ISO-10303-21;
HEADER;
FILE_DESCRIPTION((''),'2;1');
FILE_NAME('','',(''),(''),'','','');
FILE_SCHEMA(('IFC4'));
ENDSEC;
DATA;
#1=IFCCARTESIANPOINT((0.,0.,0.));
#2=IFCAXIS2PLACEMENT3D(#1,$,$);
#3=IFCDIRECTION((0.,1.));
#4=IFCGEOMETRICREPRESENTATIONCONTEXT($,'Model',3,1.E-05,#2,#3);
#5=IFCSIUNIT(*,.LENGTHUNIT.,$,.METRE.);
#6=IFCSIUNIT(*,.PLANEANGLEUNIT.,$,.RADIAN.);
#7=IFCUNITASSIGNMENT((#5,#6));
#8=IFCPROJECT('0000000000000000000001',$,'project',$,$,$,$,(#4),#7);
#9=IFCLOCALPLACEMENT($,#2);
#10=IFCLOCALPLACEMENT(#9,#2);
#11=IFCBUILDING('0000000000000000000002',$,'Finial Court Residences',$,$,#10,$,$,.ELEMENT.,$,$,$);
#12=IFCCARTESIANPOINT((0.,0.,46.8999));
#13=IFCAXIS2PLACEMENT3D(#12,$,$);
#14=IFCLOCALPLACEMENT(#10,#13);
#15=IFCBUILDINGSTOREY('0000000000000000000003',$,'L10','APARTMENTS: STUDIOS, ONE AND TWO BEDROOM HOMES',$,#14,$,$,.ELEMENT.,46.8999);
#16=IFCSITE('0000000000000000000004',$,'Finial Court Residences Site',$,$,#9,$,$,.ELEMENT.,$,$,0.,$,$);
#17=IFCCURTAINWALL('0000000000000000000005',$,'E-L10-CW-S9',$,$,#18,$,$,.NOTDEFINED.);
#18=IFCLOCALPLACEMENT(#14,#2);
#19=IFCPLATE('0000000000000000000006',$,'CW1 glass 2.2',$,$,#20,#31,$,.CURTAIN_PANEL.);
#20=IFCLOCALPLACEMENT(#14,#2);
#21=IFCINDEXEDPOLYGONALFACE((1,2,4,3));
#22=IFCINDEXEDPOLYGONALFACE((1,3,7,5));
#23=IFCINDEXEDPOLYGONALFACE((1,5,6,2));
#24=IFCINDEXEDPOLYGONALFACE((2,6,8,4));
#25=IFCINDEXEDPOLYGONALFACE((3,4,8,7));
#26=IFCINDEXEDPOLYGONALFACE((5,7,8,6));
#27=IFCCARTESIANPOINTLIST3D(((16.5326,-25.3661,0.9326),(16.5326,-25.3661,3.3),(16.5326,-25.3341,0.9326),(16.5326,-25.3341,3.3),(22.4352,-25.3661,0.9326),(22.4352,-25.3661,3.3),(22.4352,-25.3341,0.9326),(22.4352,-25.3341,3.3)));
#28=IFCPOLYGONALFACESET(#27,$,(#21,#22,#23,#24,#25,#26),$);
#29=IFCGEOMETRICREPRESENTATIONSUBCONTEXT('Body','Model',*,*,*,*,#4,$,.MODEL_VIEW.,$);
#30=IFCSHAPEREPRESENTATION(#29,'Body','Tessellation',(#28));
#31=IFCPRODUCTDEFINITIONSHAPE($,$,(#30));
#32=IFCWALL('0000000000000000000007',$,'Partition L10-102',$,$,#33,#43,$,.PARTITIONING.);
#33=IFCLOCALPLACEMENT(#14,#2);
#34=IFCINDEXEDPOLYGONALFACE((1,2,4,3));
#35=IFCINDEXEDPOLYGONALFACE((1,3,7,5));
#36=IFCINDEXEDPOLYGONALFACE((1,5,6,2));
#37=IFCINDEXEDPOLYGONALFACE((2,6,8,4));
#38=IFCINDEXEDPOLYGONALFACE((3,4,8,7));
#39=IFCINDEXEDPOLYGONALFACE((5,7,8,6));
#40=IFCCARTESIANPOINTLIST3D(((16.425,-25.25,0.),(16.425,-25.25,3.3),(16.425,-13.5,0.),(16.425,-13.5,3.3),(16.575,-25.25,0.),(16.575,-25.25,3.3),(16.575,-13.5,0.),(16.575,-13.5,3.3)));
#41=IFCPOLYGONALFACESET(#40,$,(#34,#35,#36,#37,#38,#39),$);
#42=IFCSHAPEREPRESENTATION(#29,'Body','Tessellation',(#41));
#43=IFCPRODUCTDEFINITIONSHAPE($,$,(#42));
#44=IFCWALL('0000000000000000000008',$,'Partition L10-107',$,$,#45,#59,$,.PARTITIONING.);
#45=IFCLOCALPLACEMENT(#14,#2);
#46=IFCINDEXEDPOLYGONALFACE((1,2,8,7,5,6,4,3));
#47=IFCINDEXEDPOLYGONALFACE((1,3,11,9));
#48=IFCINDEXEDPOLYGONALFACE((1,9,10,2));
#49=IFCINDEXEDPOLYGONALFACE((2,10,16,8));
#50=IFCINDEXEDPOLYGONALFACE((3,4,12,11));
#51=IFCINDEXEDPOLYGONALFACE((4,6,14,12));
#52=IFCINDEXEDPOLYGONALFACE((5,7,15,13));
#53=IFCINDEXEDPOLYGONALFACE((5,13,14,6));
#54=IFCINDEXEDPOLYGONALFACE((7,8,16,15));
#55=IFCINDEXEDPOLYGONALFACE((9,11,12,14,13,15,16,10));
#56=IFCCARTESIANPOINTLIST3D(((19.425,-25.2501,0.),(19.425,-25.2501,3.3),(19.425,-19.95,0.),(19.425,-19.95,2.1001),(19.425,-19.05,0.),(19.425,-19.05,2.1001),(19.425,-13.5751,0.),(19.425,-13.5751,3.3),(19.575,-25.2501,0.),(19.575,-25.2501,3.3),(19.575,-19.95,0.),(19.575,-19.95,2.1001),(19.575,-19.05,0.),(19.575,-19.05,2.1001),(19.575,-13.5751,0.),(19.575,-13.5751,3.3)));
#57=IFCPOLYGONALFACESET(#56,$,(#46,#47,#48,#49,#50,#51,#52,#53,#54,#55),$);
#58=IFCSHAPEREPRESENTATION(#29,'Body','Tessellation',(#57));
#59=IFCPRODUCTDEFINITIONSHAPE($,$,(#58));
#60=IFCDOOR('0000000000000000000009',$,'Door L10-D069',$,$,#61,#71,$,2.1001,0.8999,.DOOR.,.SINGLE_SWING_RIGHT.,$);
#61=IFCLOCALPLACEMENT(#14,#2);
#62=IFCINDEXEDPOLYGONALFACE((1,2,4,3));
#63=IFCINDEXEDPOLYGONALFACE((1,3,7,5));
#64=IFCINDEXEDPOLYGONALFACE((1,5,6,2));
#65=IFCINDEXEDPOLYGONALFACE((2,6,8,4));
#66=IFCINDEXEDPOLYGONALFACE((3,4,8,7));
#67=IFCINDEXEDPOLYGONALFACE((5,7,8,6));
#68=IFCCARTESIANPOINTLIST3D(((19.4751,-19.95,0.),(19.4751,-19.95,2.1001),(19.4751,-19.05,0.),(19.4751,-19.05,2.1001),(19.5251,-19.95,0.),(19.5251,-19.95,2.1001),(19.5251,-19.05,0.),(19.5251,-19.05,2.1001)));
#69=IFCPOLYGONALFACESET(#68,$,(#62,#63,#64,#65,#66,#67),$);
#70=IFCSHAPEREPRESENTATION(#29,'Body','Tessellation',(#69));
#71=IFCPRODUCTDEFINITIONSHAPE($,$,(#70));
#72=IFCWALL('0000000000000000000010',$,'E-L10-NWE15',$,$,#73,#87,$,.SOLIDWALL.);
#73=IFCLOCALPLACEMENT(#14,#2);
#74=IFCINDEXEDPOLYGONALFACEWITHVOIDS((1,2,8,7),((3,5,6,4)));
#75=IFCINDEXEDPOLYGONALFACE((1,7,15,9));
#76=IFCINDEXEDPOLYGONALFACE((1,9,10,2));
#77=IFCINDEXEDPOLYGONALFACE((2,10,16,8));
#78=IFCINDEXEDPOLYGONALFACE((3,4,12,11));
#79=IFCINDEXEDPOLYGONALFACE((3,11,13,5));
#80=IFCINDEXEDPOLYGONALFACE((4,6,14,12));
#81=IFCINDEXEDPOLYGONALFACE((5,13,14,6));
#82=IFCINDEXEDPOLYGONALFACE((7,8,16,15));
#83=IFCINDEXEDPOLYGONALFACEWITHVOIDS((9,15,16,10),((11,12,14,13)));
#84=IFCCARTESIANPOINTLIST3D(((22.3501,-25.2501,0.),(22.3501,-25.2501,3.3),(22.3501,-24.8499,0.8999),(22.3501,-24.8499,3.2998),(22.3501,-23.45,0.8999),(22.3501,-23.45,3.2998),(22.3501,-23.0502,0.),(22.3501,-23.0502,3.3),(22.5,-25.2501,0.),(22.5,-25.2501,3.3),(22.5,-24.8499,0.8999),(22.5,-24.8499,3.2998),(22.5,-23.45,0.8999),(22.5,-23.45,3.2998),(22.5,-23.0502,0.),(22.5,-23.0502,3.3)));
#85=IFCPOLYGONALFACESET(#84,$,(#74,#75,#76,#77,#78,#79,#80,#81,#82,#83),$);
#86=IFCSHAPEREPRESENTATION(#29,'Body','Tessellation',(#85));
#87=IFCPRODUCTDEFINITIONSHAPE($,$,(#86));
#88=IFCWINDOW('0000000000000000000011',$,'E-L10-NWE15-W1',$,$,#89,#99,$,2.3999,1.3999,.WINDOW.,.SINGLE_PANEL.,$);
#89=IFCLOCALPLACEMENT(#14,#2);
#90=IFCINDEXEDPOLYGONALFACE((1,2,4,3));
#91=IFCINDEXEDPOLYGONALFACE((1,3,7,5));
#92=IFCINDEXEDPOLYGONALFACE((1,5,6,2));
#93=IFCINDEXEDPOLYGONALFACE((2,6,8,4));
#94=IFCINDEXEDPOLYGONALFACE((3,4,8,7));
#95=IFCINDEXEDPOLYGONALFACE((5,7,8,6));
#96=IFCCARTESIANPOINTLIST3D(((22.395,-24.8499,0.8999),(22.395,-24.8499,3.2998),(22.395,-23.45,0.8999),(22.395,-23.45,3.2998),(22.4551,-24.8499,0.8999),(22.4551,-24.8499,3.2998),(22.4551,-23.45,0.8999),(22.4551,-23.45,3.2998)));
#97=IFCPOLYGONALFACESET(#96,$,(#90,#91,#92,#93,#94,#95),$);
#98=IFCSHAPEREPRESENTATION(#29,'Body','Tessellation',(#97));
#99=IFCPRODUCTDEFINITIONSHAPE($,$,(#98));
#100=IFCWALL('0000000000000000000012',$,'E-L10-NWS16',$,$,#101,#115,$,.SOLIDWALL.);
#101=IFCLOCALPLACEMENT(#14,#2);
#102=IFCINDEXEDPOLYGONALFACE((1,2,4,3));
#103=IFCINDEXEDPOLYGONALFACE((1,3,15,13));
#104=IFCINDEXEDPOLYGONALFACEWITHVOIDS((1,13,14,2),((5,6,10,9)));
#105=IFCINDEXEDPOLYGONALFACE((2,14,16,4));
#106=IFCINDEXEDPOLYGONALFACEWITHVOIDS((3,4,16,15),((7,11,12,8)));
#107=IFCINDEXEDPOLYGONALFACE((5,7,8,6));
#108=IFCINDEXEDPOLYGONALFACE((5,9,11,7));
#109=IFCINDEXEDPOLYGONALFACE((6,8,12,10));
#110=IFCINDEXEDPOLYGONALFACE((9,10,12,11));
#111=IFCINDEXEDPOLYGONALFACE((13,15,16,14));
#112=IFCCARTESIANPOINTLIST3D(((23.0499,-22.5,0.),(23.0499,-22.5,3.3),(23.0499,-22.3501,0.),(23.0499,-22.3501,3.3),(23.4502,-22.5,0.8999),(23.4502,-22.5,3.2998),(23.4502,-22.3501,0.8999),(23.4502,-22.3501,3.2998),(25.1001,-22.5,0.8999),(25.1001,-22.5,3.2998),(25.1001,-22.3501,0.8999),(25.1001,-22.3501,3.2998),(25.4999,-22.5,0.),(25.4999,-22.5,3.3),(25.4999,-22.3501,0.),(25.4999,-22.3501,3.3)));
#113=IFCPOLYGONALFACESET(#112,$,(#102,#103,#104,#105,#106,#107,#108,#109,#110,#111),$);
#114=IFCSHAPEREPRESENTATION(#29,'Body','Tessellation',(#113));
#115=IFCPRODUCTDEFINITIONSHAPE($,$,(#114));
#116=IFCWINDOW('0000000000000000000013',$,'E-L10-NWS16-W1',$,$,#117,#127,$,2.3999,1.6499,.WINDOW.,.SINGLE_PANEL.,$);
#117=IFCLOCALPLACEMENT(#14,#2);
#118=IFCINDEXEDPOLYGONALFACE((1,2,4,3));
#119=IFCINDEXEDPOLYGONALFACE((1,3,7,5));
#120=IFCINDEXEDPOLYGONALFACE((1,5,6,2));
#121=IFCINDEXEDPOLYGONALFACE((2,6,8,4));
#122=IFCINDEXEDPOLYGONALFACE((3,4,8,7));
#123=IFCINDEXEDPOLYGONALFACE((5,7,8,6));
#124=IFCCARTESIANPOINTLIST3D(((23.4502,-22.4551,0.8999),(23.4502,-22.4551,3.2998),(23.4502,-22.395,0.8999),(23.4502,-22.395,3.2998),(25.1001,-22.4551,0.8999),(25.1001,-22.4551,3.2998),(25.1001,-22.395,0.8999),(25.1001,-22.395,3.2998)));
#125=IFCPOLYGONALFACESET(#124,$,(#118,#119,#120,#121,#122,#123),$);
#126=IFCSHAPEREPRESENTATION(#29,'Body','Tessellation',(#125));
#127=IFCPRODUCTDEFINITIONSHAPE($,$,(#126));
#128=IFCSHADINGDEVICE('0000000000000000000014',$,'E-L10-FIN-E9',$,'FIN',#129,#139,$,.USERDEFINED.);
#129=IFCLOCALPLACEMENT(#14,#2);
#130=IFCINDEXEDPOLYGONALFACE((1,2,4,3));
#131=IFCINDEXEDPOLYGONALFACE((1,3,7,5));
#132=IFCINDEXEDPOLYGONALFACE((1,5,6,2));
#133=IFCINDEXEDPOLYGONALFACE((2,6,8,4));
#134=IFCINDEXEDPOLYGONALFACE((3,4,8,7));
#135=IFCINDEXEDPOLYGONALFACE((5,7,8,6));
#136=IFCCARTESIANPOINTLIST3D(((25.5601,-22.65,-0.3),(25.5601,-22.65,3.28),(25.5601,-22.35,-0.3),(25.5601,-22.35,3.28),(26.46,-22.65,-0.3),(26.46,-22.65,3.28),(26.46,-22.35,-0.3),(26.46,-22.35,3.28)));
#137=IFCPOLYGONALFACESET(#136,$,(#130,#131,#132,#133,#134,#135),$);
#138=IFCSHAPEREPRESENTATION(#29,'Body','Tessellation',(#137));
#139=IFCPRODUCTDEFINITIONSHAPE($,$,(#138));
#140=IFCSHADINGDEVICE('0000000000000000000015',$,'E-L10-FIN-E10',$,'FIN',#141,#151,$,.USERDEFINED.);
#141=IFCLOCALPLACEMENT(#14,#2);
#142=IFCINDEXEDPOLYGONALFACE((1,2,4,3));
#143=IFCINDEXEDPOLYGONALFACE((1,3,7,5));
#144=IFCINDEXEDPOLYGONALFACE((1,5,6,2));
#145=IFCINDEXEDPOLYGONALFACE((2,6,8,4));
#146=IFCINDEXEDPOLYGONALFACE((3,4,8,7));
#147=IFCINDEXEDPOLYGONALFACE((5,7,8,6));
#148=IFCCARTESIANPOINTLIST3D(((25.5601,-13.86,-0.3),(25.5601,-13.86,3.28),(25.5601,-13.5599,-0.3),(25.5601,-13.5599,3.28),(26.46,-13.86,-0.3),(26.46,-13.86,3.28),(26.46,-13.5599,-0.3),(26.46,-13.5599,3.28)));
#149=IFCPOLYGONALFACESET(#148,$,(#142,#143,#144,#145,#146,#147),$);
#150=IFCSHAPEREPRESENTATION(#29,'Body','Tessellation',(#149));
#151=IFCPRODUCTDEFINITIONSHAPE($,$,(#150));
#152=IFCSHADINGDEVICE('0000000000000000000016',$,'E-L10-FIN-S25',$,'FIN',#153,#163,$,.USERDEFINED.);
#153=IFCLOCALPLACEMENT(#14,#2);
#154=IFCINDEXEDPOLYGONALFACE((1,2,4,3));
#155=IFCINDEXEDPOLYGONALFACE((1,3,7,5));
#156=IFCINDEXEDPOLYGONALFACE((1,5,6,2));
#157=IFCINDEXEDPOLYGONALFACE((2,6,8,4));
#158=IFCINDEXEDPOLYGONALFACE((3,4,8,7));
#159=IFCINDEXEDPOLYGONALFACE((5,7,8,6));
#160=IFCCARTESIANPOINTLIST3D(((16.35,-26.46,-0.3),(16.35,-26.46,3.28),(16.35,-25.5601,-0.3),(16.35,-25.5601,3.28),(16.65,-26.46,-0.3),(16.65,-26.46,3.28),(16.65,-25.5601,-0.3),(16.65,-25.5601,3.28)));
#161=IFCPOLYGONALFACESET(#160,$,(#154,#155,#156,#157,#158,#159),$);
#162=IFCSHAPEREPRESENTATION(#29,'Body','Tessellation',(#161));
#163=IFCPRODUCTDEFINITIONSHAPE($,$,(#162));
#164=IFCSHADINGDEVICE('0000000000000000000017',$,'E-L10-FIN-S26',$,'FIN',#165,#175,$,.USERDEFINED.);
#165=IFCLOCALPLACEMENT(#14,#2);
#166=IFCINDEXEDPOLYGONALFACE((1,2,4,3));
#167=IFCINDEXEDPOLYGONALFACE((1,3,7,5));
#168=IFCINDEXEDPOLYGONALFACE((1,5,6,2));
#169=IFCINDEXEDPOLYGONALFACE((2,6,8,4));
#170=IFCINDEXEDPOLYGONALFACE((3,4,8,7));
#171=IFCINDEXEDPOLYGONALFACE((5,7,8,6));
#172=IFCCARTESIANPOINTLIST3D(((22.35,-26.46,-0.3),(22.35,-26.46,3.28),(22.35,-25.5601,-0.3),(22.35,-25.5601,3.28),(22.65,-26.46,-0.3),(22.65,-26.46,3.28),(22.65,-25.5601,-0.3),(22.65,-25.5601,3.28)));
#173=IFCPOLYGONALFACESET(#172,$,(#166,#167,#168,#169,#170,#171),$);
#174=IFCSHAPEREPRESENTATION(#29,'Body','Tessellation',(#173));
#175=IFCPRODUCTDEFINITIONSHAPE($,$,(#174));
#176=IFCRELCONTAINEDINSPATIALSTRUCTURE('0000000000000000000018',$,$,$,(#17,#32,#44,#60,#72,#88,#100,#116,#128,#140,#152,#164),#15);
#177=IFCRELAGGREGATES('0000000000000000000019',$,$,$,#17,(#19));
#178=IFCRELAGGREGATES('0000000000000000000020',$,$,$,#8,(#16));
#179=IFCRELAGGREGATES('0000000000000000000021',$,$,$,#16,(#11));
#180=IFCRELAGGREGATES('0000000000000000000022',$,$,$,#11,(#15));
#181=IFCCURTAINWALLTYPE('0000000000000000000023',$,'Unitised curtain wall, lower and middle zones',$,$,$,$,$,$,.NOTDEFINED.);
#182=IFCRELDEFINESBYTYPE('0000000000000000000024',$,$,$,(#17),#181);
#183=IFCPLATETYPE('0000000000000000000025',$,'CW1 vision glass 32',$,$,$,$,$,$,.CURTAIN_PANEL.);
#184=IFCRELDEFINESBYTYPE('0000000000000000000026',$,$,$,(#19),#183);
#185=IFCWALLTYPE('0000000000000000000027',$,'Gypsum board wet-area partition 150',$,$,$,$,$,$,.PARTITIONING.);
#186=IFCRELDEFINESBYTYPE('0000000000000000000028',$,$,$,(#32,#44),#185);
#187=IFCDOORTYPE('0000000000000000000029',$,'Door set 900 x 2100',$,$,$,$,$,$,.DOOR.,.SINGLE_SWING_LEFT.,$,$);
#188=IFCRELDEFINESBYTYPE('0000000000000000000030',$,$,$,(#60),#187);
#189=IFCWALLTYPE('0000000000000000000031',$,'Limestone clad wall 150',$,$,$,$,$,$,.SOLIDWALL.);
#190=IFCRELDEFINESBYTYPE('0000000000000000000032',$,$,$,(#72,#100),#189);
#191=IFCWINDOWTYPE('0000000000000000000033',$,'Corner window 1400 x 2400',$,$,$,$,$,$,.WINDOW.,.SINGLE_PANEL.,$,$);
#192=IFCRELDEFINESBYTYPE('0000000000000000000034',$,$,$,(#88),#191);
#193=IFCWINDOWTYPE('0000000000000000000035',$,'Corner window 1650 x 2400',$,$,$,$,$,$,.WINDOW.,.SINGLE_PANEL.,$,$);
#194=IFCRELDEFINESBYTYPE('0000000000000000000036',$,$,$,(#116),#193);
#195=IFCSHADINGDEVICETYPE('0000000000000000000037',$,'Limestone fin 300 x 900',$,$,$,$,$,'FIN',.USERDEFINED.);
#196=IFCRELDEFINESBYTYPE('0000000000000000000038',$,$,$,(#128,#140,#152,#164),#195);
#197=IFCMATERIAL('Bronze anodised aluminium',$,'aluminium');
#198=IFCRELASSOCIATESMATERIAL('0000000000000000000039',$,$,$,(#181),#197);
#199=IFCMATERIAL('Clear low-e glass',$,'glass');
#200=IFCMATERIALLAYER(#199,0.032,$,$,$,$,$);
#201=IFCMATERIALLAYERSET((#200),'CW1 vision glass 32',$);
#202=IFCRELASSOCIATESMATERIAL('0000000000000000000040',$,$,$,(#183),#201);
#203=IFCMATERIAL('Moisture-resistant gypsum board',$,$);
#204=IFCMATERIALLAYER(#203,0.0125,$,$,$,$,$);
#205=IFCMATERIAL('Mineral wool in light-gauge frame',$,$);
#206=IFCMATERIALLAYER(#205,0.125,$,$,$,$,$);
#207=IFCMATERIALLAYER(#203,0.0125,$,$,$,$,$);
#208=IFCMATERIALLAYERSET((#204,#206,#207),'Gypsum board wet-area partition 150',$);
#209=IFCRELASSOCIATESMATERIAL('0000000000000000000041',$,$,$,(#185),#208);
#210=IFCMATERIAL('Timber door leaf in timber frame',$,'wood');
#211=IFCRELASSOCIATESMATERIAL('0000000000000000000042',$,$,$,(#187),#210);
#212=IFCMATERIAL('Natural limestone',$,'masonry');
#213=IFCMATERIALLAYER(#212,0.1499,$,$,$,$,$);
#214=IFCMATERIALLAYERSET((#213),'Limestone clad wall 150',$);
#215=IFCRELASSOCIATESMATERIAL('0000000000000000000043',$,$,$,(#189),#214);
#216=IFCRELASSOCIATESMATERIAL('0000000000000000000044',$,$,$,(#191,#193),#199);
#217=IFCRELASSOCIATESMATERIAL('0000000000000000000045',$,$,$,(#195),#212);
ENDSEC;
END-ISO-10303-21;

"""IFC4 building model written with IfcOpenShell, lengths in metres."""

from ifc_helpers import new_model, si_unit, direction, frame, frame_2d, origin, origin_2d, place, context, subcontext, project, spatial, rectangle, extrude, material, layer, layer_set, type_object, element, fill, aggregate, save


model = new_model("IFC4")

# Units and contexts
model_context = context("Model", 3, precision=1e-05, world=origin(), true_north=direction((0.0, 1.0)))
body_context = subcontext(model_context, "Body", "Model", "MODEL_VIEW")
ifc_project = project(units=[si_unit("LENGTHUNIT", "METRE"), si_unit("PLANEANGLEUNIT", "RADIAN")], contexts=[model_context])

# Site, building, storey
site_placement = place(None, origin())
site = spatial("IfcSite", under=ifc_project, at=site_placement, Name="Finial Court Residences Site", CompositionType="ELEMENT", RefElevation=0.0)
building_placement = place(site_placement, origin())
building = spatial("IfcBuilding", under=site, at=building_placement, Name="Finial Court Residences", CompositionType="ELEMENT")
storey_placement = place(building_placement, frame((0.0, 0.0, 46.8999)))
storey = spatial("IfcBuildingStorey", under=building, at=storey_placement, Name="L10", Description="APARTMENTS: STUDIOS, ONE AND TWO BEDROOM HOMES", CompositionType="ELEMENT", Elevation=46.8999)

# Curtain wall
ifc_material_1 = material(Name="Bronze anodised aluminium", Category="aluminium")
curtain_wall_type = type_object("IfcCurtainWallType", Name="Unitised curtain wall, lower and middle zones", PredefinedType="NOTDEFINED", material=ifc_material_1)
curtain_wall_1_placement = place(storey_placement, origin())
curtain_wall_1 = element("IfcCurtainWall", 1, at=curtain_wall_1_placement, inside=storey, type_object=curtain_wall_type, Name="E-L10-CW-S9", PredefinedType="NOTDEFINED")

# Plate
ifc_material_2 = material(Name="Clear low-e glass", Category="glass")
ifc_layer_1 = layer(ifc_material_2, 0.032)
ifc_layer_set_1 = layer_set([ifc_layer_1], Name="CW1 vision glass 32")
plate_type_1 = type_object("IfcPlateType", Name="CW1 vision glass 32", PredefinedType="CURTAIN_PANEL", material=ifc_layer_set_1)
plate_1_placement = place(storey_placement, frame((19.4839, -25.3501, 0.9326), z_axis=(0.0, 0.0, 1.0), x_axis=(1.0, 0.0, 0.0)))
plate_1 = element("IfcPlate", 2, at=plate_1_placement, type_object=plate_type_1, Name="CW1 glass 2.2", PredefinedType="CURTAIN_PANEL", context=body_context, shape_type="SweptSolid", body=[
    extrude(rectangle(XDim=5.9026, YDim=0.032, at=origin_2d()), origin(), (0.0, 0.0, 1.0), 2.3674),
])
aggregate(curtain_wall_1, [plate_1])

# Wall
ifc_material_3 = material(Name="Moisture-resistant gypsum board")
ifc_layer_2 = layer(ifc_material_3, 0.0125)
ifc_material_4 = material(Name="Mineral wool in light-gauge frame")
ifc_layer_3 = layer(ifc_material_4, 0.125)
ifc_layer_4 = layer(ifc_material_3, 0.0125)
ifc_layer_set_2 = layer_set([ifc_layer_2, ifc_layer_3, ifc_layer_4], Name="Gypsum board wet-area partition 150")
wall_type_1 = type_object("IfcWallType", Name="Gypsum board wet-area partition 150", PredefinedType="PARTITIONING", material=ifc_layer_set_2)
wall_1_placement = place(storey_placement, frame((16.5, -25.25, 0.0), z_axis=(0.0, 0.0, 1.0), x_axis=(0.0, 1.0, 0.0)))
element("IfcWall", 3, at=wall_1_placement, inside=storey, type_object=wall_type_1, Name="Partition L10-102", PredefinedType="PARTITIONING", context=body_context, shape_type="SweptSolid", body=[
    extrude(rectangle(XDim=11.75, YDim=0.1499, at=frame_2d((5.875, 0.0))), origin(), (0.0, 0.0, 1.0), 3.3),
])

# Wall, opening, door
wall_2_placement = place(storey_placement, frame((19.5, -25.25, 0.0), z_axis=(0.0, 0.0, 1.0), x_axis=(0.0, 1.0, 0.0)))
wall_2 = element("IfcWall", 4, at=wall_2_placement, inside=storey, type_object=wall_type_1, Name="Partition L10-107", PredefinedType="PARTITIONING", context=body_context, shape_type="SweptSolid", body=[
    extrude(rectangle(XDim=11.675, YDim=0.1499, at=frame_2d((5.8374, 0.0))), origin(), (0.0, 0.0, 1.0), 3.3),
])
opening_1_placement = place(wall_2_placement, frame((5.3, 0.0, 0.0)))
opening_1 = element("IfcOpeningElement", 5, at=opening_1_placement, cuts=wall_2, PredefinedType="OPENING", context=body_context, shape_type="SweptSolid", body=[
    extrude(rectangle(XDim=0.8999, YDim=2.1001, at=frame_2d((0.45, 1.05))), frame((0.0, 0.085, 0.0), z_axis=(0.0, -1.0, 0.0), x_axis=(1.0, 0.0, 0.0)), (0.0, 0.0, 1.0), 0.1699),
])
ifc_material_5 = material(Name="Timber door leaf in timber frame", Category="wood")
door_type = type_object("IfcDoorType", Name="Door set 900 x 2100", OperationType="SINGLE_SWING_LEFT", PredefinedType="DOOR", material=ifc_material_5)
door_placement = place(opening_1_placement, origin())
door = element("IfcDoor", 6, at=door_placement, inside=storey, type_object=door_type, Name="Door L10-D069", OperationType="SINGLE_SWING_RIGHT", OverallHeight=2.1001, OverallWidth=0.8999, PredefinedType="DOOR", context=body_context, shape_type="SweptSolid", body=[
    extrude(rectangle(XDim=0.8999, YDim=2.1001, at=frame_2d((0.45, 1.05))), frame((0.0, 0.0249, 0.0), z_axis=(0.0, -1.0, 0.0), x_axis=(1.0, 0.0, 0.0)), (0.0, 0.0, 1.0), 0.05),
])
fill(opening_1, door)

# Walls, openings, windows
ifc_material_6 = material(Name="Natural limestone", Category="masonry")
ifc_layer_5 = layer(ifc_material_6, 0.1499)
ifc_layer_set_3 = layer_set([ifc_layer_5], Name="Limestone clad wall 150")
wall_type_2 = type_object("IfcWallType", Name="Limestone clad wall 150", PredefinedType="SOLIDWALL", material=ifc_layer_set_3)
wall_3_placement = place(storey_placement, frame((22.425, -23.05, 0.0), z_axis=(0.0, 0.0, 1.0), x_axis=(0.0, -1.0, 0.0)))
wall_3 = element("IfcWall", 7, at=wall_3_placement, inside=storey, type_object=wall_type_2, Name="E-L10-NWE15", PredefinedType="SOLIDWALL", context=body_context, shape_type="SweptSolid", body=[
    extrude(rectangle(XDim=2.2, YDim=0.1499, at=frame_2d((1.1001, 0.0))), origin(), (0.0, 0.0, 1.0), 3.3),
])
opening_2_placement = place(wall_3_placement, frame((0.3999, 0.0, 0.8999)))
opening_2 = element("IfcOpeningElement", 8, at=opening_2_placement, cuts=wall_3, PredefinedType="OPENING", context=body_context, shape_type="SweptSolid", body=[
    extrude(rectangle(XDim=1.3999, YDim=2.3999, at=frame_2d((0.7, 1.2))), frame((0.0, 0.085, 0.0), z_axis=(0.0, -1.0, 0.0), x_axis=(1.0, 0.0, 0.0)), (0.0, 0.0, 1.0), 0.1699),
])
window_type_1 = type_object("IfcWindowType", Name="Corner window 1400 x 2400", PartitioningType="SINGLE_PANEL", PredefinedType="WINDOW", material=ifc_material_2)
window_1_placement = place(opening_2_placement, origin())
window_1 = element("IfcWindow", 9, at=window_1_placement, inside=storey, type_object=window_type_1, Name="E-L10-NWE15-W1", OverallHeight=2.3999, OverallWidth=1.3999, PartitioningType="SINGLE_PANEL", PredefinedType="WINDOW", context=body_context, shape_type="SweptSolid", body=[
    extrude(rectangle(XDim=1.3999, YDim=2.3999, at=frame_2d((0.7, 1.2))), frame((0.0, 0.03, 0.0), z_axis=(0.0, -1.0, 0.0), x_axis=(1.0, 0.0, 0.0)), (0.0, 0.0, 1.0), 0.0601),
])
fill(opening_2, window_1)
wall_4_placement = place(storey_placement, frame((25.5, -22.425, 0.0), z_axis=(0.0, 0.0, 1.0), x_axis=(-1.0, 0.0, 0.0)))
wall_4 = element("IfcWall", 10, at=wall_4_placement, inside=storey, type_object=wall_type_2, Name="E-L10-NWS16", PredefinedType="SOLIDWALL", context=body_context, shape_type="SweptSolid", body=[
    extrude(rectangle(XDim=2.45, YDim=0.1499, at=frame_2d((1.2251, 0.0))), origin(), (0.0, 0.0, 1.0), 3.3),
])
opening_3_placement = place(wall_4_placement, frame((0.3999, 0.0, 0.8999)))
opening_3 = element("IfcOpeningElement", 11, at=opening_3_placement, cuts=wall_4, PredefinedType="OPENING", context=body_context, shape_type="SweptSolid", body=[
    extrude(rectangle(XDim=1.6499, YDim=2.3999, at=frame_2d((0.825, 1.2))), frame((0.0, 0.085, 0.0), z_axis=(0.0, -1.0, 0.0), x_axis=(1.0, 0.0, 0.0)), (0.0, 0.0, 1.0), 0.1699),
])
window_type_2 = type_object("IfcWindowType", Name="Corner window 1650 x 2400", PartitioningType="SINGLE_PANEL", PredefinedType="WINDOW", material=ifc_material_2)
window_2_placement = place(opening_3_placement, origin())
window_2 = element("IfcWindow", 12, at=window_2_placement, inside=storey, type_object=window_type_2, Name="E-L10-NWS16-W1", OverallHeight=2.3999, OverallWidth=1.6499, PartitioningType="SINGLE_PANEL", PredefinedType="WINDOW", context=body_context, shape_type="SweptSolid", body=[
    extrude(rectangle(XDim=1.6499, YDim=2.3999, at=frame_2d((0.825, 1.2))), frame((0.0, 0.03, 0.0), z_axis=(0.0, -1.0, 0.0), x_axis=(1.0, 0.0, 0.0)), (0.0, 0.0, 1.0), 0.0601),
])
fill(opening_3, window_2)

# Shading devices
shading_device_type = type_object("IfcShadingDeviceType", Name="Limestone fin 300 x 900", ElementType="FIN", PredefinedType="USERDEFINED", material=ifc_material_6)
for number, where, z_axis, x_axis, name in (
    (13, (26.01, -22.5, -0.3), (0.0, 0.0, 1.0), (1.0, 0.0, 0.0), "E-L10-FIN-E9"),
    (14, (26.01, -13.71, -0.3), (0.0, 0.0, 1.0), (1.0, 0.0, 0.0), "E-L10-FIN-E10"),
):
    element("IfcShadingDevice", number, at=place(storey_placement, frame(where, z_axis=z_axis, x_axis=x_axis)), inside=storey, type_object=shading_device_type, Name=name, ObjectType="FIN", PredefinedType="USERDEFINED", context=body_context, shape_type="SweptSolid", body=[
        extrude(rectangle(XDim=0.8999, YDim=0.3, at=origin_2d()), origin(), (0.0, 0.0, 1.0), 3.5801),
    ])
for number, where, z_axis, x_axis, name in (
    (15, (16.5, -26.01, -0.3), (0.0, 0.0, 1.0), (1.0, 0.0, 0.0), "E-L10-FIN-S25"),
    (16, (22.5, -26.01, -0.3), (0.0, 0.0, 1.0), (1.0, 0.0, 0.0), "E-L10-FIN-S26"),
):
    element("IfcShadingDevice", number, at=place(storey_placement, frame(where, z_axis=z_axis, x_axis=x_axis)), inside=storey, type_object=shading_device_type, Name=name, ObjectType="FIN", PredefinedType="USERDEFINED", context=body_context, shape_type="SweptSolid", body=[
        extrude(rectangle(XDim=0.3, YDim=0.8999, at=origin_2d()), origin(), (0.0, 0.0, 1.0), 3.5801),
    ])

save(model, "model.ifc")
